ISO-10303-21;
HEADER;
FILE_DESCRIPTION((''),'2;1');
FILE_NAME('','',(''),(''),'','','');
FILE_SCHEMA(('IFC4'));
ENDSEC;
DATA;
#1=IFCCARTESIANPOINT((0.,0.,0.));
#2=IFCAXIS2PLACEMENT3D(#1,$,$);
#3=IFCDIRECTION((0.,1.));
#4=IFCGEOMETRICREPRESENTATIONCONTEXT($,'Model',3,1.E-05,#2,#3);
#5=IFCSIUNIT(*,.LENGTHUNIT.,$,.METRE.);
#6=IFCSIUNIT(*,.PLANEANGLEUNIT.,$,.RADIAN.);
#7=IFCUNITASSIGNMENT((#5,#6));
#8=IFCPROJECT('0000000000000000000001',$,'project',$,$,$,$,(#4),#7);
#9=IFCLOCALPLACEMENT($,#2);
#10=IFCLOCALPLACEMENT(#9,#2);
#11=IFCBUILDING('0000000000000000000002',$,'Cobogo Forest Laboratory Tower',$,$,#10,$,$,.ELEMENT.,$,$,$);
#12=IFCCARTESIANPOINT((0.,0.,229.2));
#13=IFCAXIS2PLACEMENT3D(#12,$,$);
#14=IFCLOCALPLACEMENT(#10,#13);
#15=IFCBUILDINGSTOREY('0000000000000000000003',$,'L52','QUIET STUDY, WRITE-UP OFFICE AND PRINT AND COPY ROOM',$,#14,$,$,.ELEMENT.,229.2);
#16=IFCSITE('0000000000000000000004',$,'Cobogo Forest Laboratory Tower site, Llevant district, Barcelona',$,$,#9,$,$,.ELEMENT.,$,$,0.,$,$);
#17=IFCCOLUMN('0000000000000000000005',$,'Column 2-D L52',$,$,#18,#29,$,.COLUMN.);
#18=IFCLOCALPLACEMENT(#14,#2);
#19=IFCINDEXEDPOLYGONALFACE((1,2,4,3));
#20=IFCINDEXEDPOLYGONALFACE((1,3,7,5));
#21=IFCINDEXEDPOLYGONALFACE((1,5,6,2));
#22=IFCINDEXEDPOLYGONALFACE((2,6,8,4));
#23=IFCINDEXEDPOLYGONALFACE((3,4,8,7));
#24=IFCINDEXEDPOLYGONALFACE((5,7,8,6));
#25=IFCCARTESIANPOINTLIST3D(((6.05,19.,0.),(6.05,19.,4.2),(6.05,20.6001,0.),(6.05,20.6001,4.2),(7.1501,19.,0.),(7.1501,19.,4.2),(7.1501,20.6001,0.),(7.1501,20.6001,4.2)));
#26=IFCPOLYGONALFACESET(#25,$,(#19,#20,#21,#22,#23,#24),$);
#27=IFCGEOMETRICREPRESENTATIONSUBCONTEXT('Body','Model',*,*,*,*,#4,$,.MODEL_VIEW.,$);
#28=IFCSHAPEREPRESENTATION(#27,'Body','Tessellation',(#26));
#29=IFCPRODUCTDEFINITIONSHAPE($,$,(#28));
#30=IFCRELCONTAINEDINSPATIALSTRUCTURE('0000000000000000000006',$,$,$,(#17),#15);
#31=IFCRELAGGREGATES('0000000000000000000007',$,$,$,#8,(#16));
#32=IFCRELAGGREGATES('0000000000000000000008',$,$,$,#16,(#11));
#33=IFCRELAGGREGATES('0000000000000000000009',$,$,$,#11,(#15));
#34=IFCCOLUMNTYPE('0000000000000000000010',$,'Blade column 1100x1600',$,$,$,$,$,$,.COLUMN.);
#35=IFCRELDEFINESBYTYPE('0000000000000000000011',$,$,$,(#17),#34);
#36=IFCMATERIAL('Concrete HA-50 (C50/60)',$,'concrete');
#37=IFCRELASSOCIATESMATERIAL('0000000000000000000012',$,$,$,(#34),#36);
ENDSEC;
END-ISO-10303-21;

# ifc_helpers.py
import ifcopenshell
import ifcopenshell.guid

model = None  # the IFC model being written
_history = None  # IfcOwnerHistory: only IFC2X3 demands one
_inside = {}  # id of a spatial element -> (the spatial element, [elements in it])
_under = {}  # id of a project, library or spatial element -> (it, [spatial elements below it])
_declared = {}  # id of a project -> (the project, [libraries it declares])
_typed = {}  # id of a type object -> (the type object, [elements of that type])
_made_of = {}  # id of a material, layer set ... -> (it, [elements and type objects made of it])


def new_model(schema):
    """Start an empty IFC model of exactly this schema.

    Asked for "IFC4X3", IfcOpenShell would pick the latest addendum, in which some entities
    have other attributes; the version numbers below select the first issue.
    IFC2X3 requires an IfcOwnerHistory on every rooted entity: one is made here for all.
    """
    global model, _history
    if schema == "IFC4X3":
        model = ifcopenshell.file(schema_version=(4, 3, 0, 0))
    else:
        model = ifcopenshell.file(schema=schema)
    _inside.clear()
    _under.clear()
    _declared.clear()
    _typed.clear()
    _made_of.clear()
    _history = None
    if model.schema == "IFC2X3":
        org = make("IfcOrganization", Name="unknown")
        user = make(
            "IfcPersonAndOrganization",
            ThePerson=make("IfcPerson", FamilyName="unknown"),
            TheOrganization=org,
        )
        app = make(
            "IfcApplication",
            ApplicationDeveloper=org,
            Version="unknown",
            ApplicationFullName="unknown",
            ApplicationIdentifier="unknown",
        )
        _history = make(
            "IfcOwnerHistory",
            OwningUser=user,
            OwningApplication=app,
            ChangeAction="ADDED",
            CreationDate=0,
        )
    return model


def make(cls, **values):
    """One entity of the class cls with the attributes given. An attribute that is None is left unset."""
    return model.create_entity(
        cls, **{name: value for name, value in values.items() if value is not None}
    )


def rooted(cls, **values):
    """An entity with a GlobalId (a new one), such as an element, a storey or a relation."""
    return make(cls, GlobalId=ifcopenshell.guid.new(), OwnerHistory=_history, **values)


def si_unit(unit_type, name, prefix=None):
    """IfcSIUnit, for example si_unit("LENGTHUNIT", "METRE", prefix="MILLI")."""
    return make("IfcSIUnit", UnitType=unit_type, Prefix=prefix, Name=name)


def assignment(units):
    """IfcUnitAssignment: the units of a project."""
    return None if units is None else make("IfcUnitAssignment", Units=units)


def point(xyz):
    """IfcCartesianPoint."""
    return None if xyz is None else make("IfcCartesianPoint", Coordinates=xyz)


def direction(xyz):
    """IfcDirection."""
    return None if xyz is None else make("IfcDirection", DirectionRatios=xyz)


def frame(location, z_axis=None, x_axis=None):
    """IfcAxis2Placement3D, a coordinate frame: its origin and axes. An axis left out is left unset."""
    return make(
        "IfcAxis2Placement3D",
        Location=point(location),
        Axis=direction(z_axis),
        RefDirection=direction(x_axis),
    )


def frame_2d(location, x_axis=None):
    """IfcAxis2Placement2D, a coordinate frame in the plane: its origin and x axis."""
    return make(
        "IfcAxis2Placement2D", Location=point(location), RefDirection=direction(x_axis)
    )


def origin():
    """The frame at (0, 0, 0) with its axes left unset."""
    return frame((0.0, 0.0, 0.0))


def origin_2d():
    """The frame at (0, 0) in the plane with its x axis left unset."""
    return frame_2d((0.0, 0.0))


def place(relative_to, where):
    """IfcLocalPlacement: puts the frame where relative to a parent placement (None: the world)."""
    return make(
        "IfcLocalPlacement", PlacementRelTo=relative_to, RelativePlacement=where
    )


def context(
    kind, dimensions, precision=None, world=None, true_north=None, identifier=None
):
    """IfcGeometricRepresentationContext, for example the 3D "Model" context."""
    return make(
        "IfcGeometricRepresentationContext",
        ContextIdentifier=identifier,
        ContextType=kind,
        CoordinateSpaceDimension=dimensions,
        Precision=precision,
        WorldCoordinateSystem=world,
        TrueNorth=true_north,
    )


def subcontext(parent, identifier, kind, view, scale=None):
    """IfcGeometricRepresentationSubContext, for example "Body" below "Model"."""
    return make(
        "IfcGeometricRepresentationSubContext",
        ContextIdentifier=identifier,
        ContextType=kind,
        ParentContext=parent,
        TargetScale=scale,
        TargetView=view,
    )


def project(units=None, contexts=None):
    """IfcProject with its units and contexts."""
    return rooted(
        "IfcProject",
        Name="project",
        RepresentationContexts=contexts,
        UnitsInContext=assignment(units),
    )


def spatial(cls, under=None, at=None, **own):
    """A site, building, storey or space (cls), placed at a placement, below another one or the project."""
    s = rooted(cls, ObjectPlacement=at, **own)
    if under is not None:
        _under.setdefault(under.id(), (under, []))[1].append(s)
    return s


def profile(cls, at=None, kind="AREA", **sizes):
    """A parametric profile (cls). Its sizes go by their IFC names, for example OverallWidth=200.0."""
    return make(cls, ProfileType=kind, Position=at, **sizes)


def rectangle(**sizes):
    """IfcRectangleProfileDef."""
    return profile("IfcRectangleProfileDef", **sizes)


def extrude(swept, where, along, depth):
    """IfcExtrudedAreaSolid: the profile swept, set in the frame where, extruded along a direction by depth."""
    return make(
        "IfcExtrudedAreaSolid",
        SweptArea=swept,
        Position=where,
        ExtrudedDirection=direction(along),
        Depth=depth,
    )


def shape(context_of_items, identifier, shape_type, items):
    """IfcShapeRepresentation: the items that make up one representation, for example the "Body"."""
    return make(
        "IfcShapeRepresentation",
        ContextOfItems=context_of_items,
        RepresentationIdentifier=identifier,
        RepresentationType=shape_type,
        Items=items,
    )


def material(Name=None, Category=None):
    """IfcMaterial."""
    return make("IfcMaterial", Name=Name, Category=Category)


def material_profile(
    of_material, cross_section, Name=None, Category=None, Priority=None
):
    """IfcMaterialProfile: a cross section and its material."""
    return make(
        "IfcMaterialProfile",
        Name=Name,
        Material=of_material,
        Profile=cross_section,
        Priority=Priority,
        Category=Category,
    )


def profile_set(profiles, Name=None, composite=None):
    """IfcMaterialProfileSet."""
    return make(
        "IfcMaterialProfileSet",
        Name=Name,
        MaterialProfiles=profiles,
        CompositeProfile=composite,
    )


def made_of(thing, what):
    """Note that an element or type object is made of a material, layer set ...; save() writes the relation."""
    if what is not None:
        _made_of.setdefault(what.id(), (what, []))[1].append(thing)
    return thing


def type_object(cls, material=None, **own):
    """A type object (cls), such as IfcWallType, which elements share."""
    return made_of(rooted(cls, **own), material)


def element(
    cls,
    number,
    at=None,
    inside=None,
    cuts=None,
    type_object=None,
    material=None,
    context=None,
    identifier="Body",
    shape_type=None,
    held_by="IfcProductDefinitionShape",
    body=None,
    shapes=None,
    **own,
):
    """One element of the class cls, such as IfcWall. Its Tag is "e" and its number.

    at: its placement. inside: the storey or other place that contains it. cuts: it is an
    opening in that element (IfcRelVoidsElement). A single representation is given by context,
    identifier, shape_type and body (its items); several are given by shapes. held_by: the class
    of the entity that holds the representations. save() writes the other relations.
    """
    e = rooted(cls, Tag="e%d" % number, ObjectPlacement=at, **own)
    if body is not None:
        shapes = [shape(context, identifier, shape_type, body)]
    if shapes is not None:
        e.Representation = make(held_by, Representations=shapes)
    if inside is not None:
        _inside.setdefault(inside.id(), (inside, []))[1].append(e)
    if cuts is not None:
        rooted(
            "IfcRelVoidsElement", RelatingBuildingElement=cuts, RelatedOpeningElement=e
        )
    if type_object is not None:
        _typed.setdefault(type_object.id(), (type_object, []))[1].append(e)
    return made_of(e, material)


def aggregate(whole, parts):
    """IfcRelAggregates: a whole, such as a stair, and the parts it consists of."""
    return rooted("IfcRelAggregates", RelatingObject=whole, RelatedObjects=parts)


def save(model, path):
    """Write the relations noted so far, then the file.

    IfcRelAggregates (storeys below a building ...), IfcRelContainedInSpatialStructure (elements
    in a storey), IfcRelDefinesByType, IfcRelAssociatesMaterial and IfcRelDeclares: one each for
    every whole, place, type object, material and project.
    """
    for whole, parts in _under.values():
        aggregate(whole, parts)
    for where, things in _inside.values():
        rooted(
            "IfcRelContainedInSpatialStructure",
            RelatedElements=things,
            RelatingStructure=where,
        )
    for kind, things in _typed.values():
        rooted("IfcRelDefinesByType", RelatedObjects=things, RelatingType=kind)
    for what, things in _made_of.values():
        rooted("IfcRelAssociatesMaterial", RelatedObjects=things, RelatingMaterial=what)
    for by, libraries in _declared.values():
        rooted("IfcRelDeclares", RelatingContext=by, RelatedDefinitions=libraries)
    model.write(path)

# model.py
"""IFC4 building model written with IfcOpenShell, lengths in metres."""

from ifc_helpers import new_model, si_unit, direction, frame, origin, origin_2d, place, context, subcontext, project, spatial, rectangle, extrude, material, material_profile, profile_set, type_object, element, save


model = new_model("IFC4")

# Units and contexts
model_context = context("Model", 3, precision=1e-05, world=origin(), true_north=direction((0.0, 1.0)))
body_context = subcontext(model_context, "Body", "Model", "MODEL_VIEW")
ifc_project = project(units=[si_unit("LENGTHUNIT", "METRE"), si_unit("PLANEANGLEUNIT", "RADIAN")], contexts=[model_context])

# Site, building, storey
site_placement = place(None, origin())
site = spatial("IfcSite", under=ifc_project, at=site_placement, Name="Cobogo Forest Laboratory Tower site, Llevant district, Barcelona", CompositionType="ELEMENT", RefElevation=0.0)
building_placement = place(site_placement, origin())
building = spatial("IfcBuilding", under=site, at=building_placement, Name="Cobogo Forest Laboratory Tower", CompositionType="ELEMENT")
storey_placement = place(building_placement, frame((0.0, 0.0, 229.2)))
storey = spatial("IfcBuildingStorey", under=building, at=storey_placement, Name="L52", Description="QUIET STUDY, WRITE-UP OFFICE AND PRINT AND COPY ROOM", CompositionType="ELEMENT", Elevation=229.2)

# Column
ifc_material_1 = material(Name="Concrete HA-50 (C50/60)", Category="concrete")
ifc_material_profile = material_profile(ifc_material_1, rectangle(XDim=1.6001, YDim=1.1001, at=origin_2d()), Name="RC 1100x1600")
ifc_profile_set = profile_set([ifc_material_profile], Name="Concrete HA-50 (C50/60)")
column_type = type_object("IfcColumnType", Name="Blade column 1100x1600", PredefinedType="COLUMN", material=ifc_profile_set)
column_placement = place(storey_placement, frame((6.6001, 19.8, 0.0), z_axis=(0.0, 0.0, 1.0), x_axis=(0.0, 1.0, 0.0)))
element("IfcColumn", 1, at=column_placement, inside=storey, type_object=column_type, Name="Column 2-D L52", PredefinedType="COLUMN", context=body_context, shape_type="SweptSolid", body=[
    extrude(rectangle(XDim=1.6001, YDim=1.1001, at=origin_2d()), origin(), (0.0, 0.0, 1.0), 4.2),
])

save(model, "model.ifc")
